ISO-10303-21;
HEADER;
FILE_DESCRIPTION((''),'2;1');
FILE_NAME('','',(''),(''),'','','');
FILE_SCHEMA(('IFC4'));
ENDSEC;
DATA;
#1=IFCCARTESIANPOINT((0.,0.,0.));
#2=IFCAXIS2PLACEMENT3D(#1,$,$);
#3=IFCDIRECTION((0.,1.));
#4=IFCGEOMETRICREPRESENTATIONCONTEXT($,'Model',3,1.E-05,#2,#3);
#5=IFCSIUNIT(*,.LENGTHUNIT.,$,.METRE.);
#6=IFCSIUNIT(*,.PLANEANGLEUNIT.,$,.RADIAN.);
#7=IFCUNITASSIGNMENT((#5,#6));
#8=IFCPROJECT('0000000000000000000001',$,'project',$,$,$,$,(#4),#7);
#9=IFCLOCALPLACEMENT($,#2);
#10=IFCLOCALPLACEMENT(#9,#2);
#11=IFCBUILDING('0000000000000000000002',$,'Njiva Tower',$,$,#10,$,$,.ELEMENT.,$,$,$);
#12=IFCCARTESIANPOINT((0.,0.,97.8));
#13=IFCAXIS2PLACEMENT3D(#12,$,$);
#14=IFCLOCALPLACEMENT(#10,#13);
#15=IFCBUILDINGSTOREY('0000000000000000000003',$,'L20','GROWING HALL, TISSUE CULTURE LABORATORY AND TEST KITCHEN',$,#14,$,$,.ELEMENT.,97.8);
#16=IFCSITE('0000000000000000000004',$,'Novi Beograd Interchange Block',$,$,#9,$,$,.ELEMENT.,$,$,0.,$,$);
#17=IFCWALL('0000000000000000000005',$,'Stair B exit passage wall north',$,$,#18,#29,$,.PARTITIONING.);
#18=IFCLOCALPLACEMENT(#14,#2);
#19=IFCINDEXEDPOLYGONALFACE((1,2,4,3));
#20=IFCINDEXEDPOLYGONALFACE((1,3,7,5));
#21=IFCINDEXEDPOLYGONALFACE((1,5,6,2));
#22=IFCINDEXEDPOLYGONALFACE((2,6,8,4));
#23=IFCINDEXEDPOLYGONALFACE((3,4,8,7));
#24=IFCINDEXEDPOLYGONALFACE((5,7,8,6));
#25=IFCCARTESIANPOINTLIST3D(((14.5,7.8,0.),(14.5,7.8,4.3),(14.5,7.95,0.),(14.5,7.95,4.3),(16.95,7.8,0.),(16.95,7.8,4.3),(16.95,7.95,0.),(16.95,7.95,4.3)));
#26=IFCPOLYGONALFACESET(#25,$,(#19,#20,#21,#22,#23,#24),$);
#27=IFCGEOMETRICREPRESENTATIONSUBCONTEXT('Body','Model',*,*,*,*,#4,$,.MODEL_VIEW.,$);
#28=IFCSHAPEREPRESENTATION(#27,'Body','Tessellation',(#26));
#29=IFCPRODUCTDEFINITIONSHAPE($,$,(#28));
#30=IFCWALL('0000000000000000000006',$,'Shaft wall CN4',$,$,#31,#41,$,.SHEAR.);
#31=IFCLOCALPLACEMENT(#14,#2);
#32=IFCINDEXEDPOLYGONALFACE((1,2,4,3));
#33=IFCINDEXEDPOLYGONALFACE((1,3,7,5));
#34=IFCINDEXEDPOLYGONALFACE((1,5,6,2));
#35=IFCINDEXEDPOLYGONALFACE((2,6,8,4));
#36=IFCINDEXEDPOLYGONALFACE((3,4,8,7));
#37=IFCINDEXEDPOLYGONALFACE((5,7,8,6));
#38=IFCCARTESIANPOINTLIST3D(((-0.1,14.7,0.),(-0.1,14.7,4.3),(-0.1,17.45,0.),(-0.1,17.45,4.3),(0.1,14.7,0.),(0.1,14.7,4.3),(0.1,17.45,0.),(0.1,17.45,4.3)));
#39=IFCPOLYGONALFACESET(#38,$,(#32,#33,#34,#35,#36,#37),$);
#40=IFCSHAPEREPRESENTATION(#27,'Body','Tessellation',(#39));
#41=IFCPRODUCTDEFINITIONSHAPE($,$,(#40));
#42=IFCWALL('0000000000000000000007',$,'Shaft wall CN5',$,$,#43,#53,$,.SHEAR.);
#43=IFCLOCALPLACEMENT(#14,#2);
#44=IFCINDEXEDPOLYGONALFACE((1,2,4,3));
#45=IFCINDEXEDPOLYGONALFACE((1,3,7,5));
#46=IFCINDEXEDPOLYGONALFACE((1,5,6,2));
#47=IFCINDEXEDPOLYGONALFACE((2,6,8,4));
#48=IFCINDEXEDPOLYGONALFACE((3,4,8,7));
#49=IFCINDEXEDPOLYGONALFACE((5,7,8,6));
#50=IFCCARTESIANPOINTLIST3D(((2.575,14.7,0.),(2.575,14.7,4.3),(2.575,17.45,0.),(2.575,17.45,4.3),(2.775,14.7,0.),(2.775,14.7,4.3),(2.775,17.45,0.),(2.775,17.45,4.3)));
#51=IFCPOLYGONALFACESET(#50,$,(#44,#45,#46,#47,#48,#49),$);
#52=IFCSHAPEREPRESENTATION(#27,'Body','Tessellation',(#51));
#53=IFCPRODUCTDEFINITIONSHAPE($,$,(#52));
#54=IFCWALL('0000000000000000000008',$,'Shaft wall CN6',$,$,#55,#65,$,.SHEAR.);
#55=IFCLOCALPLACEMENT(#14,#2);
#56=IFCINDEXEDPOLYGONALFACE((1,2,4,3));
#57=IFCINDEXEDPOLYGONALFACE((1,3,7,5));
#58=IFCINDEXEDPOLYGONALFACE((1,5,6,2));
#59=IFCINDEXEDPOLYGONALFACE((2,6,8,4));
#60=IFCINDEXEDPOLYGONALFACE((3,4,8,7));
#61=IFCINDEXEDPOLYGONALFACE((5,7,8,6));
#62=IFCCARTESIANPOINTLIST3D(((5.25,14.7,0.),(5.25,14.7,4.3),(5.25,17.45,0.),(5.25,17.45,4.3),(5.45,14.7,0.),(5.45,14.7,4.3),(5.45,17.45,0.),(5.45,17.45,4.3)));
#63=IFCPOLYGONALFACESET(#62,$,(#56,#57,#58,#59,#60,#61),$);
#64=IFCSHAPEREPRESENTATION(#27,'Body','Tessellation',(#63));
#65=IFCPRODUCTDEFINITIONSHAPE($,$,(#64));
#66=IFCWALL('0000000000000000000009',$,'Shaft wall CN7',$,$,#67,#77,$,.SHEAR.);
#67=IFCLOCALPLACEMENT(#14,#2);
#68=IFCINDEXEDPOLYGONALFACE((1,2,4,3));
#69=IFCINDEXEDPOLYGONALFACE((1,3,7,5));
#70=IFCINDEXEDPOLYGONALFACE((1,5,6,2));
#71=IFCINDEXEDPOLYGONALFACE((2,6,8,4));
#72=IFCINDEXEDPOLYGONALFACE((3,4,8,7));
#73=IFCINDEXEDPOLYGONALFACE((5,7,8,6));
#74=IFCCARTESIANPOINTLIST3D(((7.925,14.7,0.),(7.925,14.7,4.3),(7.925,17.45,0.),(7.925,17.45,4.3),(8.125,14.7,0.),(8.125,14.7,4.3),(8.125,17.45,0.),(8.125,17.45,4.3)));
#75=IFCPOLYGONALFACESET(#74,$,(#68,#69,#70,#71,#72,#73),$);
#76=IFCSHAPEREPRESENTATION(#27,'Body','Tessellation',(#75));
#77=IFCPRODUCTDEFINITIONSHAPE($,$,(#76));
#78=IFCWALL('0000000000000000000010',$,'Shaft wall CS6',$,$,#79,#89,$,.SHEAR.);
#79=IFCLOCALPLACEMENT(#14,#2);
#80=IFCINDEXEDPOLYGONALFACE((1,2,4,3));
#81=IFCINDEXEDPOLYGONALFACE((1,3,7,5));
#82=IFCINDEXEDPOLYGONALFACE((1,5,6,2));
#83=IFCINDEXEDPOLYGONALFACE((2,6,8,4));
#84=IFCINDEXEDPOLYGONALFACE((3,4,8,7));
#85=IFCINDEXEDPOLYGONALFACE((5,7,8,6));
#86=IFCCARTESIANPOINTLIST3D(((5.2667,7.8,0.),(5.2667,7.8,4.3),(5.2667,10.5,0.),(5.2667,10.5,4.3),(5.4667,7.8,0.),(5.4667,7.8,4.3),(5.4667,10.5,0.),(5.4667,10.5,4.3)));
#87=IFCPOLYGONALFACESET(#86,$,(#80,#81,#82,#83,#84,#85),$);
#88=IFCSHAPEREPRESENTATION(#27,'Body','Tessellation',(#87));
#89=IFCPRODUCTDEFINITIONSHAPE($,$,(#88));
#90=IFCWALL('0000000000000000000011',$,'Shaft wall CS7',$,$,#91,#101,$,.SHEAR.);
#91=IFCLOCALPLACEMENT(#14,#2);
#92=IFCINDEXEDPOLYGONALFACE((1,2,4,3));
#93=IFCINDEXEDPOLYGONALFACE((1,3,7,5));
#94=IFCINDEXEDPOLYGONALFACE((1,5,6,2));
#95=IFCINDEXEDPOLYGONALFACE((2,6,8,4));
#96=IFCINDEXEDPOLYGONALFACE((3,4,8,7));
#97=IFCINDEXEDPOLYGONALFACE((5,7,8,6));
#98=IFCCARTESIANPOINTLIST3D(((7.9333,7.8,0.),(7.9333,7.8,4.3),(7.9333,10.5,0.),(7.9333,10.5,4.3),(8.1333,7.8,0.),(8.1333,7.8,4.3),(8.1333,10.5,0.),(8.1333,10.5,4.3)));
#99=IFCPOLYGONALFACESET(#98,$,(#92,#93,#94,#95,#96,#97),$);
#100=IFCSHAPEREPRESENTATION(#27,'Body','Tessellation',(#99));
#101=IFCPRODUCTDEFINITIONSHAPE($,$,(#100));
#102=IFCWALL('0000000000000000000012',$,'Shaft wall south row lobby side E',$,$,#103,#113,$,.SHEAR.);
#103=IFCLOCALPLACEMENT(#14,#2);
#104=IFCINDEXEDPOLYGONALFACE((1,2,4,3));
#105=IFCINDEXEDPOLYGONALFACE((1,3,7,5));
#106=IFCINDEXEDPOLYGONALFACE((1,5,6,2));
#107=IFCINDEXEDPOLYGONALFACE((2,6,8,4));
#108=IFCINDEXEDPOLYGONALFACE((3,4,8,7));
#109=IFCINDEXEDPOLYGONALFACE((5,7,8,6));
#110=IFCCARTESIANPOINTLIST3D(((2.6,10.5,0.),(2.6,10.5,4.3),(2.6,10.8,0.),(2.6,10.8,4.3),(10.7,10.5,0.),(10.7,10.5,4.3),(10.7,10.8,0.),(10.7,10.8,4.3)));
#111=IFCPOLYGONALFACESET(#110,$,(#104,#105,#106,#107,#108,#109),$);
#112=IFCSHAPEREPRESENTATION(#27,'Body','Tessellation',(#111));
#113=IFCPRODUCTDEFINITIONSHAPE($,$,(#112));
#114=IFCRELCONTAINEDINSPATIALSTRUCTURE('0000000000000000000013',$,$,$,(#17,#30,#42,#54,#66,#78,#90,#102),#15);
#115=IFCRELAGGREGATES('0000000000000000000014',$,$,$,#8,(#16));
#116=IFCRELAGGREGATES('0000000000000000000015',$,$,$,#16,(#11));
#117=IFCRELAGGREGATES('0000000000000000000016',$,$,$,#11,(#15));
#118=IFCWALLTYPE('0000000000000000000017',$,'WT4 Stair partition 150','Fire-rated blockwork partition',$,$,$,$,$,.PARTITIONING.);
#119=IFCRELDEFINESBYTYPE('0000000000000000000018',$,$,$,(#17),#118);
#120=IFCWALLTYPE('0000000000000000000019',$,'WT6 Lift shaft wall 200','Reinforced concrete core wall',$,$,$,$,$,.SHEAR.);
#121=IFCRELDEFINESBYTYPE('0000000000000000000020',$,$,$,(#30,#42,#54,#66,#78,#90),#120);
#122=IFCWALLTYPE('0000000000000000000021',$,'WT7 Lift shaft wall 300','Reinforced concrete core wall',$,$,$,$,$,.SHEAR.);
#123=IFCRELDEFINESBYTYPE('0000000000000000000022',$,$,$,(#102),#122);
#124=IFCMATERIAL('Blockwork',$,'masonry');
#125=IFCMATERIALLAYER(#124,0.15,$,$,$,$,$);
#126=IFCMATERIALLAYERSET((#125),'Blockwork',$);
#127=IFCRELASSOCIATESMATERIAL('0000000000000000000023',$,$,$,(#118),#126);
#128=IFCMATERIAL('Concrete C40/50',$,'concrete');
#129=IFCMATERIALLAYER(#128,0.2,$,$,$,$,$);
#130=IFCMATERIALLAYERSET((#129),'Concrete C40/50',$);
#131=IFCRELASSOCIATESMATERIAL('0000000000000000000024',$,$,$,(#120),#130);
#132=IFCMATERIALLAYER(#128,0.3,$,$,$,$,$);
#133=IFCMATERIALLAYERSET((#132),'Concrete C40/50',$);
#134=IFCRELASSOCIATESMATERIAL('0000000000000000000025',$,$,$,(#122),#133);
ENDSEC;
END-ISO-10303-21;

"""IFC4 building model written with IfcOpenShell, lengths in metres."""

from ifc_helpers import new_model, si_unit, direction, frame, frame_2d, origin, place, context, subcontext, project, spatial, rectangle, extrude, material, layer, layer_set, type_object, element, save


model = new_model("IFC4")

# Units and contexts
model_context = context("Model", 3, precision=1e-05, world=origin(), true_north=direction((0.0, 1.0)))
body_context = subcontext(model_context, "Body", "Model", "MODEL_VIEW")
ifc_project = project(units=[si_unit("LENGTHUNIT", "METRE"), si_unit("PLANEANGLEUNIT", "RADIAN")], contexts=[model_context])

# Site, building, storey
site_placement = place(None, origin())
site = spatial("IfcSite", under=ifc_project, at=site_placement, Name="Novi Beograd Interchange Block", CompositionType="ELEMENT", RefElevation=0.0)
building_placement = place(site_placement, origin())
building = spatial("IfcBuilding", under=site, at=building_placement, Name="Njiva Tower", CompositionType="ELEMENT")
storey_placement = place(building_placement, frame((0.0, 0.0, 97.8)))
storey = spatial("IfcBuildingStorey", under=building, at=storey_placement, Name="L20", Description="GROWING HALL, TISSUE CULTURE LABORATORY AND TEST KITCHEN", CompositionType="ELEMENT", Elevation=97.8)

# Shared definitions
ifc_material_1 = material(Name="Concrete C40/50", Category="concrete")
ifc_material_2 = material(Name="Blockwork", Category="masonry")

# Walls
ifc_layer_1 = layer(ifc_material_2, 0.15)
ifc_layer_set_1 = layer_set([ifc_layer_1], Name="Blockwork")
wall_type_1 = type_object("IfcWallType", Name="WT4 Stair partition 150", Description="Fire-rated blockwork partition", PredefinedType="PARTITIONING", material=ifc_layer_set_1)
wall_1_placement = place(storey_placement, frame((14.5, 7.875, 0.0), z_axis=(0.0, 0.0, 1.0), x_axis=(1.0, 0.0, 0.0)))
element("IfcWall", 1, at=wall_1_placement, inside=storey, type_object=wall_type_1, Name="Stair B exit passage wall north", PredefinedType="PARTITIONING", context=body_context, shape_type="SweptSolid", body=[
    extrude(rectangle(XDim=2.45, YDim=0.15, at=frame_2d((1.225, 0.0))), origin(), (0.0, 0.0, 1.0), 4.3),
])
ifc_layer_2 = layer(ifc_material_1, 0.2)
ifc_layer_set_2 = layer_set([ifc_layer_2], Name="Concrete C40/50")
wall_type_2 = type_object("IfcWallType", Name="WT6 Lift shaft wall 200", Description="Reinforced concrete core wall", PredefinedType="SHEAR", material=ifc_layer_set_2)
for number, where, z_axis, x_axis, name in (
    (2, (0.0, 14.7, 0.0), (0.0, 0.0, 1.0), (0.0, 1.0, 0.0), "Shaft wall CN4"),
    (3, (2.675, 14.7, 0.0), (0.0, 0.0, 1.0), (0.0, 1.0, 0.0), "Shaft wall CN5"),
    (4, (5.35, 14.7, 0.0), (0.0, 0.0, 1.0), (0.0, 1.0, 0.0), "Shaft wall CN6"),
    (5, (8.025, 14.7, 0.0), (0.0, 0.0, 1.0), (0.0, 1.0, 0.0), "Shaft wall CN7"),
):
    element("IfcWall", number, at=place(storey_placement, frame(where, z_axis=z_axis, x_axis=x_axis)), inside=storey, type_object=wall_type_2, Name=name, PredefinedType="SHEAR", context=body_context, shape_type="SweptSolid", body=[
        extrude(rectangle(XDim=2.75, YDim=0.2, at=frame_2d((1.375, 0.0))), origin(), (0.0, 0.0, 1.0), 4.3),
    ])
for number, where, z_axis, x_axis, name in (
    (6, (5.3667, 7.8, 0.0), (0.0, 0.0, 1.0), (0.0, 1.0, 0.0), "Shaft wall CS6"),
    (7, (8.0333, 7.8, 0.0), (0.0, 0.0, 1.0), (0.0, 1.0, 0.0), "Shaft wall CS7"),
):
    element("IfcWall", number, at=place(storey_placement, frame(where, z_axis=z_axis, x_axis=x_axis)), inside=storey, type_object=wall_type_2, Name=name, PredefinedType="SHEAR", context=body_context, shape_type="SweptSolid", body=[
        extrude(rectangle(XDim=2.7, YDim=0.2, at=frame_2d((1.35, 0.0))), origin(), (0.0, 0.0, 1.0), 4.3),
    ])
ifc_layer_3 = layer(ifc_material_1, 0.3)
ifc_layer_set_3 = layer_set([ifc_layer_3], Name="Concrete C40/50")
wall_type_3 = type_object("IfcWallType", Name="WT7 Lift shaft wall 300", Description="Reinforced concrete core wall", PredefinedType="SHEAR", material=ifc_layer_set_3)
wall_2_placement = place(storey_placement, frame((2.6, 10.65, 0.0), z_axis=(0.0, 0.0, 1.0), x_axis=(1.0, 0.0, 0.0)))
element("IfcWall", 8, at=wall_2_placement, inside=storey, type_object=wall_type_3, Name="Shaft wall south row lobby side E", PredefinedType="SHEAR", context=body_context, shape_type="SweptSolid", body=[
    extrude(rectangle(XDim=8.1, YDim=0.3, at=frame_2d((4.05, 0.0))), origin(), (0.0, 0.0, 1.0), 4.3),
])

save(model, "model.ifc")
